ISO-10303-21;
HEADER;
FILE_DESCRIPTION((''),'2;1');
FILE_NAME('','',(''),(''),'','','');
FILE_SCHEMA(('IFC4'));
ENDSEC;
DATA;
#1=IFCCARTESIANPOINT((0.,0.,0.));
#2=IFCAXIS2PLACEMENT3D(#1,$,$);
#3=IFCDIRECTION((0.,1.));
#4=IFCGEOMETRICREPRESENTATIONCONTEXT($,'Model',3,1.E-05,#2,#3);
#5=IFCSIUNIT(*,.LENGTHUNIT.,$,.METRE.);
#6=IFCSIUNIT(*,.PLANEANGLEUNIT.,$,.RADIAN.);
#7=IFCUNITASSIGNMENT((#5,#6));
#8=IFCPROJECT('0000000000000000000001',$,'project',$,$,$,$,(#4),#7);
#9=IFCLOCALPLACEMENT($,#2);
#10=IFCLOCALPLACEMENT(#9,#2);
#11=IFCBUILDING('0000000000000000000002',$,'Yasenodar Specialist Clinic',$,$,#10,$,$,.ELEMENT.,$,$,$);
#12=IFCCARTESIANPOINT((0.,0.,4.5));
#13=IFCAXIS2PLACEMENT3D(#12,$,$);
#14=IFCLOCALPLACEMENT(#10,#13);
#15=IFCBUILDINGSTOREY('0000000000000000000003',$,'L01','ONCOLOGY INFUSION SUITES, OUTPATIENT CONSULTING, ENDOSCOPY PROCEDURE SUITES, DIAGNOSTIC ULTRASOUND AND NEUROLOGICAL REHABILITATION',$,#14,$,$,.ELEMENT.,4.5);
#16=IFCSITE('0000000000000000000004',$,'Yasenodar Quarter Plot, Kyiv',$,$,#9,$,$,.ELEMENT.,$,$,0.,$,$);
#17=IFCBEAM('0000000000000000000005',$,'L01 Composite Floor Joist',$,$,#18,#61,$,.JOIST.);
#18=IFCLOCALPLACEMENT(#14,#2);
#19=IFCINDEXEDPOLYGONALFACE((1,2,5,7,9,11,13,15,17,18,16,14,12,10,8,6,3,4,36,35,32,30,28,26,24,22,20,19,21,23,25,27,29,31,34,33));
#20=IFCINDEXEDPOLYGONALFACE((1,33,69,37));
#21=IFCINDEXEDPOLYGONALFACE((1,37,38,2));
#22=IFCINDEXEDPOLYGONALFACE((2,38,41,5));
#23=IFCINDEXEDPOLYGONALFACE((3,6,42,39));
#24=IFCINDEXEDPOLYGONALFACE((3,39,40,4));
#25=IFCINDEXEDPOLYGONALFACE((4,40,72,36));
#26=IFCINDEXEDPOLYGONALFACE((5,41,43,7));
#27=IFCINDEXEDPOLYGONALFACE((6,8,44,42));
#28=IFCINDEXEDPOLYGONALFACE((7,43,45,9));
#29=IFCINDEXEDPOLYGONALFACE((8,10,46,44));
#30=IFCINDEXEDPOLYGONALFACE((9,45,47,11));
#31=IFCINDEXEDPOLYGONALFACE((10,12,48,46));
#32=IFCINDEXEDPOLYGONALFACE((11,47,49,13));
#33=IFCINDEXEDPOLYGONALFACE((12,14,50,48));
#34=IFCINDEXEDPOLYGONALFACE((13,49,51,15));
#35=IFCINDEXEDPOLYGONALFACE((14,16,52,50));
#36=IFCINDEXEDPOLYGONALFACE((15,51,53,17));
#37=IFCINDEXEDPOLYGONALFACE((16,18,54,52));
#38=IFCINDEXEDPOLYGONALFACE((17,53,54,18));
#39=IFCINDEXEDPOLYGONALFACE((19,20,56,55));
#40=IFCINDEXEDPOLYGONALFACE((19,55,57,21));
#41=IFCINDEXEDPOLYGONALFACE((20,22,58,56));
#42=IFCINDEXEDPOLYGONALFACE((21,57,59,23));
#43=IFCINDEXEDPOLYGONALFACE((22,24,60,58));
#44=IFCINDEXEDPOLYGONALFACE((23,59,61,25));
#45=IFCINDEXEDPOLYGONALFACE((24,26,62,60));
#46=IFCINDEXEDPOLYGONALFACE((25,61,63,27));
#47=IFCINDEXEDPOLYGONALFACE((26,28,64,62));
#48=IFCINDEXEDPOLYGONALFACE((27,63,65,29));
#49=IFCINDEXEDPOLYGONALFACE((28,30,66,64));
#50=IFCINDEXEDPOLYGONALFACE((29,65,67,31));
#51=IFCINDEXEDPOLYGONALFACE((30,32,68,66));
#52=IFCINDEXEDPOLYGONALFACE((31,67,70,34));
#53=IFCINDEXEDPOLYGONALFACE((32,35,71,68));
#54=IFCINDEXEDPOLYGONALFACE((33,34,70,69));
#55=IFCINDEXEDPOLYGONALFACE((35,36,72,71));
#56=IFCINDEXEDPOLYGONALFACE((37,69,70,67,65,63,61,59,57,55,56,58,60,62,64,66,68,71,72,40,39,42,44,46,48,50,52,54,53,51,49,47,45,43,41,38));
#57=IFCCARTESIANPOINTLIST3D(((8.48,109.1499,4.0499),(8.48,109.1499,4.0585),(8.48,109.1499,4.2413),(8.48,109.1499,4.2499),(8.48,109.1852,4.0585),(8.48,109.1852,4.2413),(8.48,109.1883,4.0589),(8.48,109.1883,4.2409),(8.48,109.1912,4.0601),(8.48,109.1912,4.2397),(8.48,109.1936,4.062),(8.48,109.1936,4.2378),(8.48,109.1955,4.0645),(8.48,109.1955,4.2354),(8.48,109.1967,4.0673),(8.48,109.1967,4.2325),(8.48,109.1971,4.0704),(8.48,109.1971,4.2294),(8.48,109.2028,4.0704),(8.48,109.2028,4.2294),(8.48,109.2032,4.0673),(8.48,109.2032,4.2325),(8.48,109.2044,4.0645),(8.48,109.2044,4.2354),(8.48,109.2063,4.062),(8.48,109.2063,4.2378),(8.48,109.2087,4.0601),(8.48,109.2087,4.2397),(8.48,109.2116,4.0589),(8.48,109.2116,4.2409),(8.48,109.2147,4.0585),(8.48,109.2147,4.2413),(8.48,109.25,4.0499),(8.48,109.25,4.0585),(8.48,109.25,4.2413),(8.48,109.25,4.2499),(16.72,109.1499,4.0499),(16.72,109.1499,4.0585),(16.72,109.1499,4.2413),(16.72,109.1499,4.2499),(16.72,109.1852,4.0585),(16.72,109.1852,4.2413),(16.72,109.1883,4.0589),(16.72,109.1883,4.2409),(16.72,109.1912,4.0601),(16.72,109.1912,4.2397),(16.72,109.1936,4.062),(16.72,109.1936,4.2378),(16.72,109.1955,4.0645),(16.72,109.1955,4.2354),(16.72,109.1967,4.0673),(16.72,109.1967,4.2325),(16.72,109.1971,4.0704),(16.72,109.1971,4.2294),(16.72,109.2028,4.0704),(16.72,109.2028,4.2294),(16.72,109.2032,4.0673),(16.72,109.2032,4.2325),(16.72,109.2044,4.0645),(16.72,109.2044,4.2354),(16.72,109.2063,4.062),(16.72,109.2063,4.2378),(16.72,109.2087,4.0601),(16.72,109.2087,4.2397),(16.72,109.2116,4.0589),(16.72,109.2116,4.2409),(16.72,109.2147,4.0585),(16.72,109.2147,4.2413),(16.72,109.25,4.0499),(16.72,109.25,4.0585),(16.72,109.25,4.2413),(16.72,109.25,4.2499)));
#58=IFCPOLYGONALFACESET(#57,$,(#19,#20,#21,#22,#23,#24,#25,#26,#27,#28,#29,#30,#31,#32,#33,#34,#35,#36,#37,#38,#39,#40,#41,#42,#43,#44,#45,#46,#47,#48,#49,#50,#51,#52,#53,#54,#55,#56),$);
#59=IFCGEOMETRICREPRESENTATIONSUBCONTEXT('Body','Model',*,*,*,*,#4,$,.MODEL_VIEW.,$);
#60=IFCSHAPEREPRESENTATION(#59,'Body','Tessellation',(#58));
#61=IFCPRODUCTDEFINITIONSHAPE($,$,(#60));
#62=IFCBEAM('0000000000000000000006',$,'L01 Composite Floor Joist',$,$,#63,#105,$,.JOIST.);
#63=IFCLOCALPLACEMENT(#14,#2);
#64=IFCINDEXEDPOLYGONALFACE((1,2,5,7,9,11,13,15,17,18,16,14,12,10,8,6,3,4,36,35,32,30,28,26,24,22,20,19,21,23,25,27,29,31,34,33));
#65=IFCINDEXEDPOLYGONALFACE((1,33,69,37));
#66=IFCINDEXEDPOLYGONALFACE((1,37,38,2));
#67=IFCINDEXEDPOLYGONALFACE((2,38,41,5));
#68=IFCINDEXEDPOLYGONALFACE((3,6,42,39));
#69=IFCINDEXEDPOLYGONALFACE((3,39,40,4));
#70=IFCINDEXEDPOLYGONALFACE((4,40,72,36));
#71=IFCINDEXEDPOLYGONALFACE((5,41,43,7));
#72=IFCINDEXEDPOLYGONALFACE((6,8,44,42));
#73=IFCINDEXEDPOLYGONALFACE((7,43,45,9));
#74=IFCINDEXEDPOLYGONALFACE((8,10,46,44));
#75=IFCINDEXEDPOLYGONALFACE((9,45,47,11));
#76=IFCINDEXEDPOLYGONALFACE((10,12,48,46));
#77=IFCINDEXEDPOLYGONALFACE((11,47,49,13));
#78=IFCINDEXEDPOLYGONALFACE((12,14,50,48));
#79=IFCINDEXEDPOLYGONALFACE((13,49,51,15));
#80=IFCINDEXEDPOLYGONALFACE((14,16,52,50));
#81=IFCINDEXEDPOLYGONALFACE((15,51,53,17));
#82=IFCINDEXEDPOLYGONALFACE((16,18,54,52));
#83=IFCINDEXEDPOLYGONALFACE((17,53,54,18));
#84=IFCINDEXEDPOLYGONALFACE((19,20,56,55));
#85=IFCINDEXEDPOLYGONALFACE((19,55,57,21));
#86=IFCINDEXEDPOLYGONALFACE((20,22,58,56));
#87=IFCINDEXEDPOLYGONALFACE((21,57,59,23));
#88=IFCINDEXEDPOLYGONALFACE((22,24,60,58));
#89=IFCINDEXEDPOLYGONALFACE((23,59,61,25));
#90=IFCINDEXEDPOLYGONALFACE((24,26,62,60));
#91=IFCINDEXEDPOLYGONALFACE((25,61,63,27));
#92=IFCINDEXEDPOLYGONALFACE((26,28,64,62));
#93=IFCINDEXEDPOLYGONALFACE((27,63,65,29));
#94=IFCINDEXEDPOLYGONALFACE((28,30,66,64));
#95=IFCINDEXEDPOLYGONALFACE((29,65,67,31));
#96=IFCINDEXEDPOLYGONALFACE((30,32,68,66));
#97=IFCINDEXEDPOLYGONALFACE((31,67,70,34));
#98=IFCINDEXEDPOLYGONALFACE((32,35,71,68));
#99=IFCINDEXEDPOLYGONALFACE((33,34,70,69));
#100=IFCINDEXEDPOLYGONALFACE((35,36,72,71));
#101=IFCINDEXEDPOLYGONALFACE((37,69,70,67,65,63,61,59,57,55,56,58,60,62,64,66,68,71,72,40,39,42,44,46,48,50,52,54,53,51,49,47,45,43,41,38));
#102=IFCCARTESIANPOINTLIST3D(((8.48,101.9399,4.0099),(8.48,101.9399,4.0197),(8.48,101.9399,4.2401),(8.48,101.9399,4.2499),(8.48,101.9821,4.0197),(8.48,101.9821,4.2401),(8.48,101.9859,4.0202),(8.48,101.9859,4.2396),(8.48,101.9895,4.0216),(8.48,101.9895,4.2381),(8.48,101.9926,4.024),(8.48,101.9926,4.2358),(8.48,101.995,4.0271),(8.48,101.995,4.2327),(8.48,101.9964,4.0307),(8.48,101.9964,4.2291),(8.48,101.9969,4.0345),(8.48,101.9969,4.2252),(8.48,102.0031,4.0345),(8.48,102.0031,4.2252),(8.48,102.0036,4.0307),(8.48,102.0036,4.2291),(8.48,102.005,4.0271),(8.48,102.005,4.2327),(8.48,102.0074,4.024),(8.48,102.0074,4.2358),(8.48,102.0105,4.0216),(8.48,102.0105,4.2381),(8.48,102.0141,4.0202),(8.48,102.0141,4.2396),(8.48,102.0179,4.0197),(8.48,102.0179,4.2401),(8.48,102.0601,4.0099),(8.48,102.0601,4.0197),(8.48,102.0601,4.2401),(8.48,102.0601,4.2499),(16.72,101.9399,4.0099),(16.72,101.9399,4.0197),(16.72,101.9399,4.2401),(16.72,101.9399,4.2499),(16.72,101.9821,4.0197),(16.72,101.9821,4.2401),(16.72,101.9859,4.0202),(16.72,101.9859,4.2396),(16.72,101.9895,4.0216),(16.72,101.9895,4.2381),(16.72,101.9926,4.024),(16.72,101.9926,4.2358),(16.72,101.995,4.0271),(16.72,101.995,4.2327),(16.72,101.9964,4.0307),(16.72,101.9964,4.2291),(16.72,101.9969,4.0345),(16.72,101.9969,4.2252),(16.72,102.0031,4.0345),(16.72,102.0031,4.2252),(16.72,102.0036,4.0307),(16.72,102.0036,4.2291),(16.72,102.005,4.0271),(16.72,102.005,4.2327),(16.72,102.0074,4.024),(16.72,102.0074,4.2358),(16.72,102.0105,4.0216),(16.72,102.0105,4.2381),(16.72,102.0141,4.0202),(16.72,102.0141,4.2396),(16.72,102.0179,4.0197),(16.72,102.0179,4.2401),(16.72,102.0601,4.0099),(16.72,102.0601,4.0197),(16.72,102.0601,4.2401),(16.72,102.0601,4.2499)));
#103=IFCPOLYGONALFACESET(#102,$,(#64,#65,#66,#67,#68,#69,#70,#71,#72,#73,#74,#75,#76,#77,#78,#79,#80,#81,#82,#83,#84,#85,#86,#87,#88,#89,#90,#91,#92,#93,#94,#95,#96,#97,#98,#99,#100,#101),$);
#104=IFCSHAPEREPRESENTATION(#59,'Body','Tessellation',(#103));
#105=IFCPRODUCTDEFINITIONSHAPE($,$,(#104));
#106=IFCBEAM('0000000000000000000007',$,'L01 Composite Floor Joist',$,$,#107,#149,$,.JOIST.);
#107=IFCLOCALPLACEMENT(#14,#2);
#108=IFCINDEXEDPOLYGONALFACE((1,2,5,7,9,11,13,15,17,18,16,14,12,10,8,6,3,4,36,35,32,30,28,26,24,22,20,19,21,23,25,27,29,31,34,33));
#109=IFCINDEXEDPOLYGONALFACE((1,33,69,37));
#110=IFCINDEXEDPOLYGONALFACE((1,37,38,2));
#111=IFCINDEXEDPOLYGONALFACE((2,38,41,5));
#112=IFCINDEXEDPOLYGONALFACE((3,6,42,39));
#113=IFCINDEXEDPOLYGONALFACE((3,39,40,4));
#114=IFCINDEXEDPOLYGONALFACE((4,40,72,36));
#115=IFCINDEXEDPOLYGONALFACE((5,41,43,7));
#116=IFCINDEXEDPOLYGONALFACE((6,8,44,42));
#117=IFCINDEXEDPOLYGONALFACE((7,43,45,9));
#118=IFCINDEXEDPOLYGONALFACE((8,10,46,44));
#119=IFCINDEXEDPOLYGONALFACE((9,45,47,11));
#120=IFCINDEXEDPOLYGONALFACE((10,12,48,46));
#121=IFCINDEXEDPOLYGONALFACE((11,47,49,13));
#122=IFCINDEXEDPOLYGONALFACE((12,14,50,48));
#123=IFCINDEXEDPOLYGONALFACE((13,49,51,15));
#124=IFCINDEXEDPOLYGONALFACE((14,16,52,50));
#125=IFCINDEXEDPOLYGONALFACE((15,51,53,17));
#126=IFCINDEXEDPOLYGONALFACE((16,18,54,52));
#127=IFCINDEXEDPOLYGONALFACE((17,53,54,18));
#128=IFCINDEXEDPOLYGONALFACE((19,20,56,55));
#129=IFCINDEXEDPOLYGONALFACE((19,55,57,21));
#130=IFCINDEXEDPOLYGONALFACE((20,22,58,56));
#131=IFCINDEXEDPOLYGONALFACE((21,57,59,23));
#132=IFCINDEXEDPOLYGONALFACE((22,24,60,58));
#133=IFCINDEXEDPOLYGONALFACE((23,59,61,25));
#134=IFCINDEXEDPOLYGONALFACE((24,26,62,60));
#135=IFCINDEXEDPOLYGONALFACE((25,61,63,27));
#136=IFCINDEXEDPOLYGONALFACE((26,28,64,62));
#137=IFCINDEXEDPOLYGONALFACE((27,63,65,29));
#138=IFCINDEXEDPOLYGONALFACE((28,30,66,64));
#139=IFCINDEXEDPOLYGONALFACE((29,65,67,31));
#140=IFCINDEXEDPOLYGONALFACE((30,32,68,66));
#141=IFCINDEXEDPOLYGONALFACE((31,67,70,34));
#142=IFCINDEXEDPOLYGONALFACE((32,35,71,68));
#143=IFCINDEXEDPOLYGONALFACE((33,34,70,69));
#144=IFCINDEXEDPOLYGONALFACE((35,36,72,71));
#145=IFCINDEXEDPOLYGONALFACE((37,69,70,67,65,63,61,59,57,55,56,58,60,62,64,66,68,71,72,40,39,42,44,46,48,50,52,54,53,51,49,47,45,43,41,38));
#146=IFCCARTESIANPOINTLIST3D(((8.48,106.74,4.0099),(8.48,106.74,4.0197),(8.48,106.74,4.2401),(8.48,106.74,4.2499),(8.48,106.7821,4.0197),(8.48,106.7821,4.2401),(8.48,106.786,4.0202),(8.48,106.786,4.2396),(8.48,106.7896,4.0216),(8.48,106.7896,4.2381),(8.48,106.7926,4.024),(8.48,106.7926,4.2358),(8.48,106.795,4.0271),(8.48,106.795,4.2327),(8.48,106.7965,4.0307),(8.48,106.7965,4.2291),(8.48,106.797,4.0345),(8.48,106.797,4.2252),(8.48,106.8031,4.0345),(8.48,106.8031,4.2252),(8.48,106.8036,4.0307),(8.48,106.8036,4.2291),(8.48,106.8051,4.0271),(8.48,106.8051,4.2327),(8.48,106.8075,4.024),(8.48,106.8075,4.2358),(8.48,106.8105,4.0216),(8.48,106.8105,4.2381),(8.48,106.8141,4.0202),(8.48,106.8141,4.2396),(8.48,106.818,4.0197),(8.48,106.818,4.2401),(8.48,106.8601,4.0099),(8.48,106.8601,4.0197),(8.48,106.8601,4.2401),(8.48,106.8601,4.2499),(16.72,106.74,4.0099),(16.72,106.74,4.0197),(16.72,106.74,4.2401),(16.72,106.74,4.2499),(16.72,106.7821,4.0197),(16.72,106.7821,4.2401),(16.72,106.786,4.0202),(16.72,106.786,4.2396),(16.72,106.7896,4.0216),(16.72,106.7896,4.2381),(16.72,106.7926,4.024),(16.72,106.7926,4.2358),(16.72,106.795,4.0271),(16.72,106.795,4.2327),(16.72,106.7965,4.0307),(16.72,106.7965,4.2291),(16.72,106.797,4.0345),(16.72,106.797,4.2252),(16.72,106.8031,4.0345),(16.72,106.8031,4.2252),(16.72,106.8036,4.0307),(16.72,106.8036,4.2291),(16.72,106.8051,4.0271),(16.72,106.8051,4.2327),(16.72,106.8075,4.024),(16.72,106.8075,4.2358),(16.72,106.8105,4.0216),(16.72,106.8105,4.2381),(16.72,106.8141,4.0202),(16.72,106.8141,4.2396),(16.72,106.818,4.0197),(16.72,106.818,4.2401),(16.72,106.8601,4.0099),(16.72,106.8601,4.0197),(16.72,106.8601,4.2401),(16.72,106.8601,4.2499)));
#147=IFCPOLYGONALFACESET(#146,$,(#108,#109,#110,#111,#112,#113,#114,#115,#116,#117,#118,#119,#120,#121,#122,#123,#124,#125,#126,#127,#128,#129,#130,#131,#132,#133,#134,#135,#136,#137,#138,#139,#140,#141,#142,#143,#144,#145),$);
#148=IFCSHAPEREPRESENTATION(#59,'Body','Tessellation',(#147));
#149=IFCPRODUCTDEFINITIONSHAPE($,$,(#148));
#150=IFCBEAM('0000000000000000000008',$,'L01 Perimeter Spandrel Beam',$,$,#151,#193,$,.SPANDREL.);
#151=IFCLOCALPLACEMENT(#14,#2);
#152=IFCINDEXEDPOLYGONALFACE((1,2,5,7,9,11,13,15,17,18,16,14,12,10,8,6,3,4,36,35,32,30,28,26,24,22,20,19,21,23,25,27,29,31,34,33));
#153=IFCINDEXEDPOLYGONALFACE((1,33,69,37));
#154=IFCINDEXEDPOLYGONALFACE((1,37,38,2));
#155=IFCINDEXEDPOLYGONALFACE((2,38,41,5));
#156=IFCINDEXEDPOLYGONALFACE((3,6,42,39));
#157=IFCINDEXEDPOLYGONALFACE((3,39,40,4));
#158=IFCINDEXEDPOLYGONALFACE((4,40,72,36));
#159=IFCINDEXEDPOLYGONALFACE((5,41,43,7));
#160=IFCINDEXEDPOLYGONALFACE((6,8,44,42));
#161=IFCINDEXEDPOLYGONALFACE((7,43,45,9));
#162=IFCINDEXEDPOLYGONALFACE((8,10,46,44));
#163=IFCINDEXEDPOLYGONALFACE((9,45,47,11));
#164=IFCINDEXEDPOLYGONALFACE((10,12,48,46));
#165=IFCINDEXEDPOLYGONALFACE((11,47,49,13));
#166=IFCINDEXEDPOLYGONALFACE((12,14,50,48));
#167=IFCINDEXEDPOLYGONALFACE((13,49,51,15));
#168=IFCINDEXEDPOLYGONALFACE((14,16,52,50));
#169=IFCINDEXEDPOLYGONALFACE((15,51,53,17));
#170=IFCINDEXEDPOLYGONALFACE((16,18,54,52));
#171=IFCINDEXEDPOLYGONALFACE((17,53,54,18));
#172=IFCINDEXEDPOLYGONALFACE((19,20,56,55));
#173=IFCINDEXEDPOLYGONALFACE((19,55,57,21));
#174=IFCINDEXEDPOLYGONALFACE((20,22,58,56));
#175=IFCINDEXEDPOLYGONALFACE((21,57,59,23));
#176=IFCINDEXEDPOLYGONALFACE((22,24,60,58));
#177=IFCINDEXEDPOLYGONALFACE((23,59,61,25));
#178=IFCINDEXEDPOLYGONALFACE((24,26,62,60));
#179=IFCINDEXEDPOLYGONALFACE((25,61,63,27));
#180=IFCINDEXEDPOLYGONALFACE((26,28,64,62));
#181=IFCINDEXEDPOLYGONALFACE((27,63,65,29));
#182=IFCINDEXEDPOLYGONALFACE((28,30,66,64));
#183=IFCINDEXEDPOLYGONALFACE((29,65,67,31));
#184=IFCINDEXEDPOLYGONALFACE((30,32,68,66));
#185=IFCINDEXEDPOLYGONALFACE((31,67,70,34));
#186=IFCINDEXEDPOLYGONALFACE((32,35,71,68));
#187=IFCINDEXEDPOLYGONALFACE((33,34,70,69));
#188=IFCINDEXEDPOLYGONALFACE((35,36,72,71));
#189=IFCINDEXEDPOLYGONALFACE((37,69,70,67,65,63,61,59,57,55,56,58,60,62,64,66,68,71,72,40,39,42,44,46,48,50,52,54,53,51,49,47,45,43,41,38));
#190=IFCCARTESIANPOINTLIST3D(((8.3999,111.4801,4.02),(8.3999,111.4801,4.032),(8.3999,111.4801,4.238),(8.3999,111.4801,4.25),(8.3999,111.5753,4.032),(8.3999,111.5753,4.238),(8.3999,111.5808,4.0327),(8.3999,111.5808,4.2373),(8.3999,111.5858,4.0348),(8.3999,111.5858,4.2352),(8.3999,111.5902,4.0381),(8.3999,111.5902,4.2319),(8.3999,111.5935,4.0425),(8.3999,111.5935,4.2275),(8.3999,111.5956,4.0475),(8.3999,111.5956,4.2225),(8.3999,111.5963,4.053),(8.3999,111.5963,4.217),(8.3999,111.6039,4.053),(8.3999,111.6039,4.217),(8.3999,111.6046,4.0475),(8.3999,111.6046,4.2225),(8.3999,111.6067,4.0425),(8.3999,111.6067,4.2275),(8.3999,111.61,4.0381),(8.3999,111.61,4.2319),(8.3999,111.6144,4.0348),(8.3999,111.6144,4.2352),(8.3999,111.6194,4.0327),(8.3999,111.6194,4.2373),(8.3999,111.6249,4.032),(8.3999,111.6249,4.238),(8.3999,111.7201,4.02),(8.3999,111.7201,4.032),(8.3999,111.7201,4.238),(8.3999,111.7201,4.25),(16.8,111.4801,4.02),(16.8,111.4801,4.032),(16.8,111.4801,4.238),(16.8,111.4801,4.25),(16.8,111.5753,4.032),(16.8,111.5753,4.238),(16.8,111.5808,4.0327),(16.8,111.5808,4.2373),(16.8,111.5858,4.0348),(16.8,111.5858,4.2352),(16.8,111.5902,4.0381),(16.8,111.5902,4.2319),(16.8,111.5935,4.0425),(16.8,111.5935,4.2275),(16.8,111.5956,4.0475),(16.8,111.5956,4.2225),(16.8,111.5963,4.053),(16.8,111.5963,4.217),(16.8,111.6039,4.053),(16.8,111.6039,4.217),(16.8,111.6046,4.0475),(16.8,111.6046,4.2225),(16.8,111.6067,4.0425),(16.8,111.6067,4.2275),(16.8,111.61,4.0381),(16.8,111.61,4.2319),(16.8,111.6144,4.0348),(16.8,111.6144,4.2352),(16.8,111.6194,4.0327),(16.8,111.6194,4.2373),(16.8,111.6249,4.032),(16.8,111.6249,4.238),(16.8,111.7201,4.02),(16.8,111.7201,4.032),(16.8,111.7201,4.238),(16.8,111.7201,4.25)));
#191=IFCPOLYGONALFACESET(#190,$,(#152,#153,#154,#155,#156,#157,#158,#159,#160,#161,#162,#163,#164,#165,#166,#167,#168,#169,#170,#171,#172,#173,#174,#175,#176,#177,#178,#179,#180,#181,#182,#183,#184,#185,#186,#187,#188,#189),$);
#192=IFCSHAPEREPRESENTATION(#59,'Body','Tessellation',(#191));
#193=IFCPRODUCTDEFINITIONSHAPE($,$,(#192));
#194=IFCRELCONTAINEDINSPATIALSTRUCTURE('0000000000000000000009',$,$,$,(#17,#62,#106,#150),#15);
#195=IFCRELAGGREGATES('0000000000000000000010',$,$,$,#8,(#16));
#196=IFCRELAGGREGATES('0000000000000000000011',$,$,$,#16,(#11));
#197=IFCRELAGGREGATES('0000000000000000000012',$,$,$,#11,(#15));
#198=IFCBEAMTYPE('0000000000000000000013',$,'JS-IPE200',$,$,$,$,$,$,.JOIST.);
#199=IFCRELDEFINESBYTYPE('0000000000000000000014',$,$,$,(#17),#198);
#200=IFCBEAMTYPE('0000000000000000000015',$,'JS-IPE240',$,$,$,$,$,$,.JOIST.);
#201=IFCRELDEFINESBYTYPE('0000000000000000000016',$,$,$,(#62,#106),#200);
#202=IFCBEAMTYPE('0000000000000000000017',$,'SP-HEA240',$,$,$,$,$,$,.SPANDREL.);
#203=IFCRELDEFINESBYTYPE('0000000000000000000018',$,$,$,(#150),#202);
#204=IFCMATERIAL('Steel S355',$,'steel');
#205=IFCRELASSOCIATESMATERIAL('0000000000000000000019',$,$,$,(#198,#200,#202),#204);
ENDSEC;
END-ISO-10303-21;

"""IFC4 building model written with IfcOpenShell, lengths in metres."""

from ifc_helpers import new_model, si_unit, direction, frame, origin, origin_2d, place, context, subcontext, project, spatial, i_section, extrude, material, material_profile, profile_set, type_object, element, save


model = new_model("IFC4")

# Units and contexts
model_context = context("Model", 3, precision=1e-05, world=origin(), true_north=direction((0.0, 1.0)))
body_context = subcontext(model_context, "Body", "Model", "MODEL_VIEW")
ifc_project = project(units=[si_unit("LENGTHUNIT", "METRE"), si_unit("PLANEANGLEUNIT", "RADIAN")], contexts=[model_context])

# Site, building, storey
site_placement = place(None, origin())
site = spatial("IfcSite", under=ifc_project, at=site_placement, Name="Yasenodar Quarter Plot, Kyiv", CompositionType="ELEMENT", RefElevation=0.0)
building_placement = place(site_placement, origin())
building = spatial("IfcBuilding", under=site, at=building_placement, Name="Yasenodar Specialist Clinic", CompositionType="ELEMENT")
storey_placement = place(building_placement, frame((0.0, 0.0, 4.5)))
storey = spatial("IfcBuildingStorey", under=building, at=storey_placement, Name="L01", Description="ONCOLOGY INFUSION SUITES, OUTPATIENT CONSULTING, ENDOSCOPY PROCEDURE SUITES, DIAGNOSTIC ULTRASOUND AND NEUROLOGICAL REHABILITATION", CompositionType="ELEMENT", Elevation=4.5)

# Shared definitions
ifc_material_1 = material(Name="Steel S355", Category="steel")

# Beams
ifc_material_profile_1 = material_profile(ifc_material_1, i_section(OverallWidth=0.1001, OverallDepth=0.2, WebThickness=0.0056, FlangeThickness=0.0085, FilletRadius=0.012, at=origin_2d()), Name="IPE 200")
ifc_profile_set_1 = profile_set([ifc_material_profile_1], Name="Steel S355")
beam_type_1 = type_object("IfcBeamType", Name="JS-IPE200", PredefinedType="JOIST", material=ifc_profile_set_1)
beam_1_placement = place(storey_placement, frame((8.48, 109.2, 4.1499), z_axis=(1.0, 0.0, 0.0), x_axis=(0.0, 1.0, 0.0)))
element("IfcBeam", 1, at=beam_1_placement, inside=storey, type_object=beam_type_1, Name="L01 Composite Floor Joist", PredefinedType="JOIST", context=body_context, shape_type="SweptSolid", body=[
    extrude(i_section(OverallWidth=0.1001, OverallDepth=0.2, WebThickness=0.0056, FlangeThickness=0.0085, FilletRadius=0.012, at=origin_2d()), origin(), (0.0, 0.0, 1.0), 8.24),
])
ifc_material_profile_2 = material_profile(ifc_material_1, i_section(OverallWidth=0.1201, OverallDepth=0.24, WebThickness=0.0061, FlangeThickness=0.0098, FilletRadius=0.0149, at=origin_2d()), Name="IPE 240")
ifc_profile_set_2 = profile_set([ifc_material_profile_2], Name="Steel S355")
beam_type_2 = type_object("IfcBeamType", Name="JS-IPE240", PredefinedType="JOIST", material=ifc_profile_set_2)
for number, where, z_axis, x_axis, name in (
    (2, (8.48, 102.0, 4.1299), (1.0, 0.0, 0.0), (0.0, 1.0, 0.0), "L01 Composite Floor Joist"),
    (3, (8.48, 106.8, 4.1299), (1.0, 0.0, 0.0), (0.0, 1.0, 0.0), "L01 Composite Floor Joist"),
):
    element("IfcBeam", number, at=place(storey_placement, frame(where, z_axis=z_axis, x_axis=x_axis)), inside=storey, type_object=beam_type_2, Name=name, PredefinedType="JOIST", context=body_context, shape_type="SweptSolid", body=[
        extrude(i_section(OverallWidth=0.1201, OverallDepth=0.24, WebThickness=0.0061, FlangeThickness=0.0098, FilletRadius=0.0149, at=origin_2d()), origin(), (0.0, 0.0, 1.0), 8.24),
    ])
ifc_material_profile_3 = material_profile(ifc_material_1, i_section(OverallWidth=0.24, OverallDepth=0.23, WebThickness=0.0076, FlangeThickness=0.012, FilletRadius=0.021, at=origin_2d()), Name="HEA 240")
ifc_profile_set_3 = profile_set([ifc_material_profile_3], Name="Steel S355")
beam_type_3 = type_object("IfcBeamType", Name="SP-HEA240", PredefinedType="SPANDREL", material=ifc_profile_set_3)
beam_2_placement = place(storey_placement, frame((8.3999, 111.6001, 4.135), z_axis=(1.0, 0.0, 0.0), x_axis=(0.0, 1.0, 0.0)))
element("IfcBeam", 4, at=beam_2_placement, inside=storey, type_object=beam_type_3, Name="L01 Perimeter Spandrel Beam", PredefinedType="SPANDREL", context=body_context, shape_type="SweptSolid", body=[
    extrude(i_section(OverallWidth=0.24, OverallDepth=0.23, WebThickness=0.0076, FlangeThickness=0.012, FilletRadius=0.021, at=origin_2d()), origin(), (0.0, 0.0, 1.0), 8.4001),
])

save(model, "model.ifc")
